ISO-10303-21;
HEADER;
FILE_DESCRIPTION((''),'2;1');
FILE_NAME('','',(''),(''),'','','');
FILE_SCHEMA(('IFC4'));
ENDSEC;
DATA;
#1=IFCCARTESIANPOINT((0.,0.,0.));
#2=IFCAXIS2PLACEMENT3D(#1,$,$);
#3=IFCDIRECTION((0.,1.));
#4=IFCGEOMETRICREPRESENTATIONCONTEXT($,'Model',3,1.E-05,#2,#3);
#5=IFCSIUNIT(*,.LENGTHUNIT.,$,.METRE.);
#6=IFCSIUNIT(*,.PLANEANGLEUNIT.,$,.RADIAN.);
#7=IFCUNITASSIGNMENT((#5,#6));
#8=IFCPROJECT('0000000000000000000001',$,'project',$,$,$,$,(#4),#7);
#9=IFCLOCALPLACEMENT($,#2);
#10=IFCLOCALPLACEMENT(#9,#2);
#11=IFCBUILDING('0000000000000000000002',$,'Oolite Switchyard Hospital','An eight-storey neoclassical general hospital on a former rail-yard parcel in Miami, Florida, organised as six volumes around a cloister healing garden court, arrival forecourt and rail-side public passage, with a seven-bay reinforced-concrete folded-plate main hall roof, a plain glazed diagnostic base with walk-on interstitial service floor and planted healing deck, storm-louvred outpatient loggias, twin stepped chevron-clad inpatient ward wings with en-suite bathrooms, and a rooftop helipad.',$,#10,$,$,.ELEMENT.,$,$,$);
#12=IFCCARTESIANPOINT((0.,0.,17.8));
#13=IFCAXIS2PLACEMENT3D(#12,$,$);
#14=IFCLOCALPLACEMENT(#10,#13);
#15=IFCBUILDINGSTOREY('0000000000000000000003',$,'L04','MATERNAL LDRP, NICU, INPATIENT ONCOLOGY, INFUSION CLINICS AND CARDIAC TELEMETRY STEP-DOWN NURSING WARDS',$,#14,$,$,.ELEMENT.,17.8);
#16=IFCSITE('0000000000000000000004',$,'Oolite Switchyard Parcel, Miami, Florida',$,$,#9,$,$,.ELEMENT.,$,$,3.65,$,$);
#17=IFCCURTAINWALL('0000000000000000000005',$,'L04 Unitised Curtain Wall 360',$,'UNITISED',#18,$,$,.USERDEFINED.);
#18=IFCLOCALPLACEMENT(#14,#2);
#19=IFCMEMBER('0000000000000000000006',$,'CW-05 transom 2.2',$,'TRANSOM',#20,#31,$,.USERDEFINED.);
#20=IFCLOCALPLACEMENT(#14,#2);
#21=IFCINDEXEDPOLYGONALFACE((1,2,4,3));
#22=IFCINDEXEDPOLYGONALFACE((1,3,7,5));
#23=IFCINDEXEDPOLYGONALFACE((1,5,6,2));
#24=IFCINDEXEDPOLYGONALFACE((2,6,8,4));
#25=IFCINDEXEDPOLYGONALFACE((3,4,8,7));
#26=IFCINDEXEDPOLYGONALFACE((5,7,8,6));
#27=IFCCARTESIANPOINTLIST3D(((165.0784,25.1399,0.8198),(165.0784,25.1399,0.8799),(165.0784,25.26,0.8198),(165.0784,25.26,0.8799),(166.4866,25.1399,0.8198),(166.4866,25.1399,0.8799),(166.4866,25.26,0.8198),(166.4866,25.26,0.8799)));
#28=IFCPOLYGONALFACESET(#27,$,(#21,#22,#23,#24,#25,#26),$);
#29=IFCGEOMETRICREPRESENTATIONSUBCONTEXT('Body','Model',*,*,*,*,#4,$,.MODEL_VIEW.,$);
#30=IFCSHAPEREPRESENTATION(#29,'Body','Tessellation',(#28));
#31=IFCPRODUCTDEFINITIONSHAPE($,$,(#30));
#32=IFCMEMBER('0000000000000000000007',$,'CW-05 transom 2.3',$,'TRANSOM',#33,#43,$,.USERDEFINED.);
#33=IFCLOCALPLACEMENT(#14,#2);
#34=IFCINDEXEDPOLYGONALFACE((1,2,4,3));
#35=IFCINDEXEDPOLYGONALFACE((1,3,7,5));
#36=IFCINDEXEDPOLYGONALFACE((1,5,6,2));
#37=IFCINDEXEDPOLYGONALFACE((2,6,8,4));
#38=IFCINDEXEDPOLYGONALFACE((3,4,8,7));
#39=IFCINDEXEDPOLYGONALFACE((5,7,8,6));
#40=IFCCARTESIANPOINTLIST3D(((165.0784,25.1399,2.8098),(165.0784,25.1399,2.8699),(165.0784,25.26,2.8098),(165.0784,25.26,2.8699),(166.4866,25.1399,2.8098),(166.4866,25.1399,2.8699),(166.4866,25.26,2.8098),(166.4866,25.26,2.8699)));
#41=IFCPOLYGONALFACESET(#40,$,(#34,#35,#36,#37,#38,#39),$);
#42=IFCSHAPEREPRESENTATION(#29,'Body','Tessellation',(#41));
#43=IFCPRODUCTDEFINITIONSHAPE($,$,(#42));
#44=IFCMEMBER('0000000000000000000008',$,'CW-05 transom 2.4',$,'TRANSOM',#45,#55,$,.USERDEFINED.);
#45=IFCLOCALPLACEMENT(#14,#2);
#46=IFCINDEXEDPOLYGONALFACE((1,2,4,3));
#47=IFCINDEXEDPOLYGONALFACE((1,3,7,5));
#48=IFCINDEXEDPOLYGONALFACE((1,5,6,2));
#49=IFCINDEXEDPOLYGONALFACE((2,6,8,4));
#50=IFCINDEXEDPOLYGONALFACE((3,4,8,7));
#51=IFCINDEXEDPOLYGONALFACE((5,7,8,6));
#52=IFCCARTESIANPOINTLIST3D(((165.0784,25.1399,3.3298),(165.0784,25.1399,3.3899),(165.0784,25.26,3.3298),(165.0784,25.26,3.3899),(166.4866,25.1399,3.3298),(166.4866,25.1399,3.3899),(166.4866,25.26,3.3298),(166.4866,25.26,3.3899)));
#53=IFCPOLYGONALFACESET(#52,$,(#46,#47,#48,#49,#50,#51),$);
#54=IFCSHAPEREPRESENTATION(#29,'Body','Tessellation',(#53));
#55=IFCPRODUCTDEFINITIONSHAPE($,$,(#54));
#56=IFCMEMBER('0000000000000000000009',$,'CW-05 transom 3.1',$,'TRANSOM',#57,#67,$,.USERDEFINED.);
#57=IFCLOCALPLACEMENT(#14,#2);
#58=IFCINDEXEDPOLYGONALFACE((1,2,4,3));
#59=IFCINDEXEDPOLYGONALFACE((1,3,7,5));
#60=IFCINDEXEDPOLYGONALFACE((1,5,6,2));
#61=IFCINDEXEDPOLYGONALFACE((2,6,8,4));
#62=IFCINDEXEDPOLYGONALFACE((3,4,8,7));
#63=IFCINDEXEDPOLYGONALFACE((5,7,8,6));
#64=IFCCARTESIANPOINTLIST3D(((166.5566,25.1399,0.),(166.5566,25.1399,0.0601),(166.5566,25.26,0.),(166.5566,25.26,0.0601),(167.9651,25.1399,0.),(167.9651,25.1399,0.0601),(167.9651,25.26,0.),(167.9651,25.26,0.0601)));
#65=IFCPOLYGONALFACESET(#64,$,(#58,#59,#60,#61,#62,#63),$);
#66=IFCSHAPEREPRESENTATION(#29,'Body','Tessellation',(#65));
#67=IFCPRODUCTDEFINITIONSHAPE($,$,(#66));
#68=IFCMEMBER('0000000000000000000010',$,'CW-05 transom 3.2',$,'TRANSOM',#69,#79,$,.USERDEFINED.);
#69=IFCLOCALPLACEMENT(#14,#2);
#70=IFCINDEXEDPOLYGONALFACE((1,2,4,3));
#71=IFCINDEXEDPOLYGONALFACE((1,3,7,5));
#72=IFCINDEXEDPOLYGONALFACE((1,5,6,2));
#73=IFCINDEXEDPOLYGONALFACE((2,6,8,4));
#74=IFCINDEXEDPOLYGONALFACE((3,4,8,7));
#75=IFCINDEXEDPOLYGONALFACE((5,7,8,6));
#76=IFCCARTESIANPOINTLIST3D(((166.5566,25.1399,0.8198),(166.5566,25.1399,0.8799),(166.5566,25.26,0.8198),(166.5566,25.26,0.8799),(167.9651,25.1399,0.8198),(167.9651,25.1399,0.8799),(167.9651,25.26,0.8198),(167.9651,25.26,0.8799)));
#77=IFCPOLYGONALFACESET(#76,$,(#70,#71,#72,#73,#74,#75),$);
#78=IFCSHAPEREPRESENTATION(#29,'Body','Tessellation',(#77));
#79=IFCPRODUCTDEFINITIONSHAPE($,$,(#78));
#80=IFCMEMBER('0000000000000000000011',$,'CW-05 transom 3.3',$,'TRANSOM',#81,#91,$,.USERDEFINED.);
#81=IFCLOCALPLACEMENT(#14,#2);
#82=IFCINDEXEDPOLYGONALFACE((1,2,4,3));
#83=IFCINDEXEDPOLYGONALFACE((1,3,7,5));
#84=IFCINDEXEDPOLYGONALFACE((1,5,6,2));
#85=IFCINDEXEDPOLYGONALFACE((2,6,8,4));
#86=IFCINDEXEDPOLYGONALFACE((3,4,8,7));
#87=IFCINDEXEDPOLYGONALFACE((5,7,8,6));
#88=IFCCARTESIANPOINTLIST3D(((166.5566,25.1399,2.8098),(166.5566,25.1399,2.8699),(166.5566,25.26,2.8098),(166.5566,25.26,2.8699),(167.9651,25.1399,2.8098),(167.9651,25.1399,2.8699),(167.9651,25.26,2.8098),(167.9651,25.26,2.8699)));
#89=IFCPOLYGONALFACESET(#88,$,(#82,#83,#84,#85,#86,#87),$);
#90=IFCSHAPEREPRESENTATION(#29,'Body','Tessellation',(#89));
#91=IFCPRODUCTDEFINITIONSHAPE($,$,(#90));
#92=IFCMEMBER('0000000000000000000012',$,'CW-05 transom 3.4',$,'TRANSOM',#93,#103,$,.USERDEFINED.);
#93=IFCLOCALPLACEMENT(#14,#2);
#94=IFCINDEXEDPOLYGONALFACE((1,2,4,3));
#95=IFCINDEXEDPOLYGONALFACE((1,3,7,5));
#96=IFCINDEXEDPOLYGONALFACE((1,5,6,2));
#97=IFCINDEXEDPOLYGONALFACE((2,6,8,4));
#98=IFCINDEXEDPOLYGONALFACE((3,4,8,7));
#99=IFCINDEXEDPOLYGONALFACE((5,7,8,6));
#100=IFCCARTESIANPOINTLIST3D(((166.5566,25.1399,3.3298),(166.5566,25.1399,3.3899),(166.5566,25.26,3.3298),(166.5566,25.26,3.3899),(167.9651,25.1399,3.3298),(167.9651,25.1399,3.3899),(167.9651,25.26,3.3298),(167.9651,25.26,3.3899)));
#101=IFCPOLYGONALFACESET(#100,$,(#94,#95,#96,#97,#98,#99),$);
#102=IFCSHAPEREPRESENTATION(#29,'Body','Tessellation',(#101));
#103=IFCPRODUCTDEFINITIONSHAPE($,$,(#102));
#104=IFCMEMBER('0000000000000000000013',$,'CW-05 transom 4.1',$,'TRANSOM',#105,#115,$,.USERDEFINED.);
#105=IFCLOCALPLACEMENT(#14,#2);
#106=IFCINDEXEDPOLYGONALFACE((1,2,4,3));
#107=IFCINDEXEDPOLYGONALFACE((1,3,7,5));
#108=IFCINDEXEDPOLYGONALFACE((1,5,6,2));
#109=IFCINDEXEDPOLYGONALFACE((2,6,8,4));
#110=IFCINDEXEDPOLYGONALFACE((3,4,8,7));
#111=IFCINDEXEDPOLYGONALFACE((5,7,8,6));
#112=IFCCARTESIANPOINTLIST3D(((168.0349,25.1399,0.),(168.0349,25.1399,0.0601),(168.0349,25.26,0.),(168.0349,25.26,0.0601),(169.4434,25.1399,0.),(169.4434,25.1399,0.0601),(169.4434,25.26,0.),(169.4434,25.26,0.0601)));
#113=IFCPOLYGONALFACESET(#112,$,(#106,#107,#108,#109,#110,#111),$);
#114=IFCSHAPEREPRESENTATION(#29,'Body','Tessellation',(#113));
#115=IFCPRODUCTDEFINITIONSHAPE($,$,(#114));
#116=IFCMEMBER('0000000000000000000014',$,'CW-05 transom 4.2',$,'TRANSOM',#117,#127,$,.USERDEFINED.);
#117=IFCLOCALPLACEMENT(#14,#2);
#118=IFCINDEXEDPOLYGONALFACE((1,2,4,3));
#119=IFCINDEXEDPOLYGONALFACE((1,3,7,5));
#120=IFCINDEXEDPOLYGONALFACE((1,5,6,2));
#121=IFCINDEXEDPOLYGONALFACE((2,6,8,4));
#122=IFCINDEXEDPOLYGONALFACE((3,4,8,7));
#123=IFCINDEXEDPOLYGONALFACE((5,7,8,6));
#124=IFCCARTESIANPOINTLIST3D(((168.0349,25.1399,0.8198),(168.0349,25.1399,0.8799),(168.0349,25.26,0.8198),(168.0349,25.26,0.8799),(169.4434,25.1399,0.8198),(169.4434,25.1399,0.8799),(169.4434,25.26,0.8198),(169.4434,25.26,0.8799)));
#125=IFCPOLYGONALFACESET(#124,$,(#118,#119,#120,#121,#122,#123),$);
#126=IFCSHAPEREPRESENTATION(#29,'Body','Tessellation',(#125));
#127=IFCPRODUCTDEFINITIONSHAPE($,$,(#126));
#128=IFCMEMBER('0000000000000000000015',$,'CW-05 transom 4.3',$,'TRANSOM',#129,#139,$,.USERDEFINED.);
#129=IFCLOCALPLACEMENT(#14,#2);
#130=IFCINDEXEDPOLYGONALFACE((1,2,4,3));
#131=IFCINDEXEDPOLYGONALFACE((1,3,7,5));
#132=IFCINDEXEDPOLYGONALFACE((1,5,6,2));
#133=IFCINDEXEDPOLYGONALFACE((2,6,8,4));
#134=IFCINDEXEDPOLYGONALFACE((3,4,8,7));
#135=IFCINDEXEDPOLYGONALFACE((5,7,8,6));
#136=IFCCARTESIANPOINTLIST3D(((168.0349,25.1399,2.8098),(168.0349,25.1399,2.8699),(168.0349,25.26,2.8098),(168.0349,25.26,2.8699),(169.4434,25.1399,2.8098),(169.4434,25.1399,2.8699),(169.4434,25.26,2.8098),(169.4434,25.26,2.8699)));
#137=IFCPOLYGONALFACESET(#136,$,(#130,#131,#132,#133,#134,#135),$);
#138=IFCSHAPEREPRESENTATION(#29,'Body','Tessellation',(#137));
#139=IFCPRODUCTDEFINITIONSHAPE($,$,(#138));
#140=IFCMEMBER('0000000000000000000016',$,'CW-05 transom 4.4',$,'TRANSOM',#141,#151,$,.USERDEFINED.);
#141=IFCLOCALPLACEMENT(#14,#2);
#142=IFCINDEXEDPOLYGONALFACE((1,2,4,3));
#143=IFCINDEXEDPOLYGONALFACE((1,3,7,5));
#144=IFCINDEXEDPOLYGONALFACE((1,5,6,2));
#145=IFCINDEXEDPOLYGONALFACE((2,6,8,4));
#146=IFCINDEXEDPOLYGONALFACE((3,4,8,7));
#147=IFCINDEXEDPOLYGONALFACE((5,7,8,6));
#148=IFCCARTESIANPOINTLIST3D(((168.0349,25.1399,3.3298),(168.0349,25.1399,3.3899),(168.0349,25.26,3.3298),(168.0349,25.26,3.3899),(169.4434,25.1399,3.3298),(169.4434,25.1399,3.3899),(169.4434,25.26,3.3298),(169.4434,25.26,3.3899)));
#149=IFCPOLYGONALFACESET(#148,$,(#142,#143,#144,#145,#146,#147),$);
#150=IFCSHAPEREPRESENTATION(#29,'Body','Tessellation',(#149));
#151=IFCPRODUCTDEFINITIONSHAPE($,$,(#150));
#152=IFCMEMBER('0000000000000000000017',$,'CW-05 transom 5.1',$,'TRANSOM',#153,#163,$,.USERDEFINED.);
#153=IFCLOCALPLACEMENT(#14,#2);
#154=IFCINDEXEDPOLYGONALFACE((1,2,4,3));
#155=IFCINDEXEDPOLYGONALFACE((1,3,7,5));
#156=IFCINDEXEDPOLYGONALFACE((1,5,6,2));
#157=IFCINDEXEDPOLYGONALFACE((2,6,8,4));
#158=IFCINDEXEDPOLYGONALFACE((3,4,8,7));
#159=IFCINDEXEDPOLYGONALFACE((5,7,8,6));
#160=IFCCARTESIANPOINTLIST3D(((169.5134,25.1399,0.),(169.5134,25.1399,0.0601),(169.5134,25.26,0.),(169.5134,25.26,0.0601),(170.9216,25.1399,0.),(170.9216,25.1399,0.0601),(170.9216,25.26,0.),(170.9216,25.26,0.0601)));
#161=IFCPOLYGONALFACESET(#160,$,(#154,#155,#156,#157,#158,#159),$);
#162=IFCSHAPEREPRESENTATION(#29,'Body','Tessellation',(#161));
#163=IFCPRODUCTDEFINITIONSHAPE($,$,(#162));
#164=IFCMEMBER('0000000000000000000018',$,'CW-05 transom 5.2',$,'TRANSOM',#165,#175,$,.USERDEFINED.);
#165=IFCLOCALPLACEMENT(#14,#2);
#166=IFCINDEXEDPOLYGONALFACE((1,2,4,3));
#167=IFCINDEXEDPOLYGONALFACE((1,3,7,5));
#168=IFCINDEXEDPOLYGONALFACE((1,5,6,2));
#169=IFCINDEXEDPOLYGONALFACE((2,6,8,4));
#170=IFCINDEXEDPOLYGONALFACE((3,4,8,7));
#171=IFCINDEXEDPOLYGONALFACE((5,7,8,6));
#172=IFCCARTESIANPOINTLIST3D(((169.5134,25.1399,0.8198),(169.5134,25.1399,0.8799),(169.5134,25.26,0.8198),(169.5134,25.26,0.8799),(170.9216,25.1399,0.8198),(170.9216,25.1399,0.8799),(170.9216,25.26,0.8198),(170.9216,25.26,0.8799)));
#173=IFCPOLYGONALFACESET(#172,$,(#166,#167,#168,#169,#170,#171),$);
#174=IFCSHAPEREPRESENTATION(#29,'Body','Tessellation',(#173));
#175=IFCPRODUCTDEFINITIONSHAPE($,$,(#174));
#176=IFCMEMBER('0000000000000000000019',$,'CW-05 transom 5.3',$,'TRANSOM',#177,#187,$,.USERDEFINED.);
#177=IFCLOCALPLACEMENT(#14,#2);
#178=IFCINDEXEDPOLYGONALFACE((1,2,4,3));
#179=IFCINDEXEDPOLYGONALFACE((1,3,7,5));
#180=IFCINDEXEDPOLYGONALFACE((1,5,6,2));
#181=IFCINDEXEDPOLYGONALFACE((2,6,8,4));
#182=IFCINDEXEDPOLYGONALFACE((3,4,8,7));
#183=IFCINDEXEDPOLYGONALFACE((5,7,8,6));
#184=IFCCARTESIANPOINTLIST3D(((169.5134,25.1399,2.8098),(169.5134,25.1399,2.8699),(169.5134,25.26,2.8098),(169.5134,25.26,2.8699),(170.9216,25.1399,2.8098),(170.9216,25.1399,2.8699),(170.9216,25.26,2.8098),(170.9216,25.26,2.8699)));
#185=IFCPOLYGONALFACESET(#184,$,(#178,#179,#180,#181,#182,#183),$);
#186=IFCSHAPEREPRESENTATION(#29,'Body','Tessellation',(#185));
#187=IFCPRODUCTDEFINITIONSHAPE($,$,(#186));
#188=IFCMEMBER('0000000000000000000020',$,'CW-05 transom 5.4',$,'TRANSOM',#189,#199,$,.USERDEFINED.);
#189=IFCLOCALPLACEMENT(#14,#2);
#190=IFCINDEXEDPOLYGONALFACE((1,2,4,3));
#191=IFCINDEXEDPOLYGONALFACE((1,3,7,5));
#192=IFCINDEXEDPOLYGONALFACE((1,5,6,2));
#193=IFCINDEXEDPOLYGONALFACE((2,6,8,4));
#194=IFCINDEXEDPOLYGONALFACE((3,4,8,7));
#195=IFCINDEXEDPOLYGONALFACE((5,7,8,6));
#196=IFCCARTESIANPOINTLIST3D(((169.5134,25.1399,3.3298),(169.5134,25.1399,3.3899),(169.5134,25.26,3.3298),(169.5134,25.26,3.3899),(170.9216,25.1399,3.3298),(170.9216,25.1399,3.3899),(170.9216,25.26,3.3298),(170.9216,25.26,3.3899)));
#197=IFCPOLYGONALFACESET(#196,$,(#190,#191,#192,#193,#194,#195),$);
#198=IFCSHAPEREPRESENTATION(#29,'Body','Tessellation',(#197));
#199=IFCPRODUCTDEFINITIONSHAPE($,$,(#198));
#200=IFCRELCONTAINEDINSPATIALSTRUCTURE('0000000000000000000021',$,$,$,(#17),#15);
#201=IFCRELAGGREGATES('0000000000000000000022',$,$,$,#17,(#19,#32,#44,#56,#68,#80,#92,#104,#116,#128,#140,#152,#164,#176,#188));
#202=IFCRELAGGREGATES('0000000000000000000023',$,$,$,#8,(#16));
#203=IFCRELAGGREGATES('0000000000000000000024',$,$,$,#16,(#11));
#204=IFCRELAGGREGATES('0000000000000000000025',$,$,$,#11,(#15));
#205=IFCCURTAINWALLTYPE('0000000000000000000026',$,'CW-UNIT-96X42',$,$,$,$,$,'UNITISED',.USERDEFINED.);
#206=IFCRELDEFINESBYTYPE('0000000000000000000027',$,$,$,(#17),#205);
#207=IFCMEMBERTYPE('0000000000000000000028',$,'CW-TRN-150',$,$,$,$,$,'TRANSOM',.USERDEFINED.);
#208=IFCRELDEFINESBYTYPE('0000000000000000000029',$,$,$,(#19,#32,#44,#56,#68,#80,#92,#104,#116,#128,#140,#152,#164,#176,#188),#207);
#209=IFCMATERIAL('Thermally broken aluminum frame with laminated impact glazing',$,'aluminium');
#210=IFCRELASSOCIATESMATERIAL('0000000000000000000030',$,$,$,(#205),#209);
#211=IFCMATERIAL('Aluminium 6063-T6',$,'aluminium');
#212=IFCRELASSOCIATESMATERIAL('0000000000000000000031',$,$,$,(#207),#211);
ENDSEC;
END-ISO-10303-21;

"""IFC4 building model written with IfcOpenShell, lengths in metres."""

from ifc_helpers import new_model, si_unit, direction, frame, origin, origin_2d, place, context, subcontext, project, spatial, rectangle, extrude, material, material_profile, profile_set, type_object, element, aggregate, save


model = new_model("IFC4")

# Units and contexts
model_context = context("Model", 3, precision=1e-05, world=origin(), true_north=direction((0.0, 1.0)))
body_context = subcontext(model_context, "Body", "Model", "MODEL_VIEW")
ifc_project = project(units=[si_unit("LENGTHUNIT", "METRE"), si_unit("PLANEANGLEUNIT", "RADIAN")], contexts=[model_context])

# Site, building, storey
site_placement = place(None, origin())
site = spatial("IfcSite", under=ifc_project, at=site_placement, Name="Oolite Switchyard Parcel, Miami, Florida", CompositionType="ELEMENT", RefElevation=3.65)
building_placement = place(site_placement, origin())
building = spatial("IfcBuilding", under=site, at=building_placement, Name="Oolite Switchyard Hospital", Description="An eight-storey neoclassical general hospital on a former rail-yard parcel in Miami, Florida, organised as six volumes around a cloister healing garden court, arrival forecourt and rail-side public passage, with a seven-bay reinforced-concrete folded-plate main hall roof, a plain glazed diagnostic base with walk-on interstitial service floor and planted healing deck, storm-louvred outpatient loggias, twin stepped chevron-clad inpatient ward wings with en-suite bathrooms, and a rooftop helipad.", CompositionType="ELEMENT")
storey_placement = place(building_placement, frame((0.0, 0.0, 17.8)))
storey = spatial("IfcBuildingStorey", under=building, at=storey_placement, Name="L04", Description="MATERNAL LDRP, NICU, INPATIENT ONCOLOGY, INFUSION CLINICS AND CARDIAC TELEMETRY STEP-DOWN NURSING WARDS", CompositionType="ELEMENT", Elevation=17.8)

# Curtain wall, members
ifc_material_1 = material(Name="Thermally broken aluminum frame with laminated impact glazing", Category="aluminium")
curtain_wall_type = type_object("IfcCurtainWallType", Name="CW-UNIT-96X42", ElementType="UNITISED", PredefinedType="USERDEFINED", material=ifc_material_1)
curtain_wall_placement = place(storey_placement, origin())
curtain_wall = element("IfcCurtainWall", 1, at=curtain_wall_placement, inside=storey, type_object=curtain_wall_type, Name="L04 Unitised Curtain Wall 360", ObjectType="UNITISED", PredefinedType="USERDEFINED")
ifc_material_2 = material(Name="Aluminium 6063-T6", Category="aluminium")
ifc_material_profile_1 = material_profile(ifc_material_2, rectangle(XDim=0.1201, YDim=0.0601, at=origin_2d()), Name="CWT60X120")
ifc_profile_set_1 = profile_set([ifc_material_profile_1], Name="Aluminium 6063-T6")
member_type_1 = type_object("IfcMemberType", Name="CW-TRN-150", ElementType="TRANSOM", PredefinedType="USERDEFINED", material=ifc_profile_set_1)
member_1_placement = place(storey_placement, frame((165.0784, 25.2, 0.8499), z_axis=(1.0, 0.0, 0.0), x_axis=(0.0, 1.0, 0.0)))
member_1 = element("IfcMember", 2, at=member_1_placement, type_object=member_type_1, Name="CW-05 transom 2.2", ObjectType="TRANSOM", PredefinedType="USERDEFINED", context=body_context, shape_type="SweptSolid", body=[
    extrude(rectangle(XDim=0.1201, YDim=0.0601, at=origin_2d()), origin(), (0.0, 0.0, 1.0), 1.4082),
])
member_2_placement = place(storey_placement, frame((165.0784, 25.2, 2.8398), z_axis=(1.0, 0.0, 0.0), x_axis=(0.0, 1.0, 0.0)))
member_2 = element("IfcMember", 3, at=member_2_placement, type_object=member_type_1, Name="CW-05 transom 2.3", ObjectType="TRANSOM", PredefinedType="USERDEFINED", context=body_context, shape_type="SweptSolid", body=[
    extrude(rectangle(XDim=0.1201, YDim=0.0601, at=origin_2d()), origin(), (0.0, 0.0, 1.0), 1.4082),
])
member_3_placement = place(storey_placement, frame((165.0784, 25.2, 3.3599), z_axis=(1.0, 0.0, 0.0), x_axis=(0.0, 1.0, 0.0)))
member_3 = element("IfcMember", 4, at=member_3_placement, type_object=member_type_1, Name="CW-05 transom 2.4", ObjectType="TRANSOM", PredefinedType="USERDEFINED", context=body_context, shape_type="SweptSolid", body=[
    extrude(rectangle(XDim=0.1201, YDim=0.0601, at=origin_2d()), origin(), (0.0, 0.0, 1.0), 1.4082),
])
member_4_placement = place(storey_placement, frame((166.5566, 25.2, 0.03), z_axis=(1.0, 0.0, 0.0), x_axis=(0.0, 1.0, 0.0)))
member_4 = element("IfcMember", 5, at=member_4_placement, type_object=member_type_1, Name="CW-05 transom 3.1", ObjectType="TRANSOM", PredefinedType="USERDEFINED", context=body_context, shape_type="SweptSolid", body=[
    extrude(rectangle(XDim=0.1201, YDim=0.0601, at=origin_2d()), origin(), (0.0, 0.0, 1.0), 1.4084),
])
member_5_placement = place(storey_placement, frame((166.5566, 25.2, 0.8499), z_axis=(1.0, 0.0, 0.0), x_axis=(0.0, 1.0, 0.0)))
member_5 = element("IfcMember", 6, at=member_5_placement, type_object=member_type_1, Name="CW-05 transom 3.2", ObjectType="TRANSOM", PredefinedType="USERDEFINED", context=body_context, shape_type="SweptSolid", body=[
    extrude(rectangle(XDim=0.1201, YDim=0.0601, at=origin_2d()), origin(), (0.0, 0.0, 1.0), 1.4084),
])
member_6_placement = place(storey_placement, frame((166.5566, 25.2, 2.8398), z_axis=(1.0, 0.0, 0.0), x_axis=(0.0, 1.0, 0.0)))
member_6 = element("IfcMember", 7, at=member_6_placement, type_object=member_type_1, Name="CW-05 transom 3.3", ObjectType="TRANSOM", PredefinedType="USERDEFINED", context=body_context, shape_type="SweptSolid", body=[
    extrude(rectangle(XDim=0.1201, YDim=0.0601, at=origin_2d()), origin(), (0.0, 0.0, 1.0), 1.4084),
])
member_7_placement = place(storey_placement, frame((166.5566, 25.2, 3.3599), z_axis=(1.0, 0.0, 0.0), x_axis=(0.0, 1.0, 0.0)))
member_7 = element("IfcMember", 8, at=member_7_placement, type_object=member_type_1, Name="CW-05 transom 3.4", ObjectType="TRANSOM", PredefinedType="USERDEFINED", context=body_context, shape_type="SweptSolid", body=[
    extrude(rectangle(XDim=0.1201, YDim=0.0601, at=origin_2d()), origin(), (0.0, 0.0, 1.0), 1.4084),
])
member_8_placement = place(storey_placement, frame((168.0349, 25.2, 0.03), z_axis=(1.0, 0.0, 0.0), x_axis=(0.0, 1.0, 0.0)))
member_8 = element("IfcMember", 9, at=member_8_placement, type_object=member_type_1, Name="CW-05 transom 4.1", ObjectType="TRANSOM", PredefinedType="USERDEFINED", context=body_context, shape_type="SweptSolid", body=[
    extrude(rectangle(XDim=0.1201, YDim=0.0601, at=origin_2d()), origin(), (0.0, 0.0, 1.0), 1.4084),
])
member_9_placement = place(storey_placement, frame((168.0349, 25.2, 0.8499), z_axis=(1.0, 0.0, 0.0), x_axis=(0.0, 1.0, 0.0)))
member_9 = element("IfcMember", 10, at=member_9_placement, type_object=member_type_1, Name="CW-05 transom 4.2", ObjectType="TRANSOM", PredefinedType="USERDEFINED", context=body_context, shape_type="SweptSolid", body=[
    extrude(rectangle(XDim=0.1201, YDim=0.0601, at=origin_2d()), origin(), (0.0, 0.0, 1.0), 1.4084),
])
member_10_placement = place(storey_placement, frame((168.0349, 25.2, 2.8398), z_axis=(1.0, 0.0, 0.0), x_axis=(0.0, 1.0, 0.0)))
member_10 = element("IfcMember", 11, at=member_10_placement, type_object=member_type_1, Name="CW-05 transom 4.3", ObjectType="TRANSOM", PredefinedType="USERDEFINED", context=body_context, shape_type="SweptSolid", body=[
    extrude(rectangle(XDim=0.1201, YDim=0.0601, at=origin_2d()), origin(), (0.0, 0.0, 1.0), 1.4084),
])
member_11_placement = place(storey_placement, frame((168.0349, 25.2, 3.3599), z_axis=(1.0, 0.0, 0.0), x_axis=(0.0, 1.0, 0.0)))
member_11 = element("IfcMember", 12, at=member_11_placement, type_object=member_type_1, Name="CW-05 transom 4.4", ObjectType="TRANSOM", PredefinedType="USERDEFINED", context=body_context, shape_type="SweptSolid", body=[
    extrude(rectangle(XDim=0.1201, YDim=0.0601, at=origin_2d()), origin(), (0.0, 0.0, 1.0), 1.4084),
])
member_12_placement = place(storey_placement, frame((169.5134, 25.2, 0.03), z_axis=(1.0, 0.0, 0.0), x_axis=(0.0, 1.0, 0.0)))
member_12 = element("IfcMember", 13, at=member_12_placement, type_object=member_type_1, Name="CW-05 transom 5.1", ObjectType="TRANSOM", PredefinedType="USERDEFINED", context=body_context, shape_type="SweptSolid", body=[
    extrude(rectangle(XDim=0.1201, YDim=0.0601, at=origin_2d()), origin(), (0.0, 0.0, 1.0), 1.4082),
])
member_13_placement = place(storey_placement, frame((169.5134, 25.2, 0.8499), z_axis=(1.0, 0.0, 0.0), x_axis=(0.0, 1.0, 0.0)))
member_13 = element("IfcMember", 14, at=member_13_placement, type_object=member_type_1, Name="CW-05 transom 5.2", ObjectType="TRANSOM", PredefinedType="USERDEFINED", context=body_context, shape_type="SweptSolid", body=[
    extrude(rectangle(XDim=0.1201, YDim=0.0601, at=origin_2d()), origin(), (0.0, 0.0, 1.0), 1.4082),
])
member_14_placement = place(storey_placement, frame((169.5134, 25.2, 2.8398), z_axis=(1.0, 0.0, 0.0), x_axis=(0.0, 1.0, 0.0)))
member_14 = element("IfcMember", 15, at=member_14_placement, type_object=member_type_1, Name="CW-05 transom 5.3", ObjectType="TRANSOM", PredefinedType="USERDEFINED", context=body_context, shape_type="SweptSolid", body=[
    extrude(rectangle(XDim=0.1201, YDim=0.0601, at=origin_2d()), origin(), (0.0, 0.0, 1.0), 1.4082),
])
member_15_placement = place(storey_placement, frame((169.5134, 25.2, 3.3599), z_axis=(1.0, 0.0, 0.0), x_axis=(0.0, 1.0, 0.0)))
member_15 = element("IfcMember", 16, at=member_15_placement, type_object=member_type_1, Name="CW-05 transom 5.4", ObjectType="TRANSOM", PredefinedType="USERDEFINED", context=body_context, shape_type="SweptSolid", body=[
    extrude(rectangle(XDim=0.1201, YDim=0.0601, at=origin_2d()), origin(), (0.0, 0.0, 1.0), 1.4082),
])
aggregate(curtain_wall, [member_1, member_2, member_3, member_4, member_5, member_6, member_7, member_8, member_9, member_10, member_11, member_12, member_13, member_14, member_15])

save(model, "model.ifc")
